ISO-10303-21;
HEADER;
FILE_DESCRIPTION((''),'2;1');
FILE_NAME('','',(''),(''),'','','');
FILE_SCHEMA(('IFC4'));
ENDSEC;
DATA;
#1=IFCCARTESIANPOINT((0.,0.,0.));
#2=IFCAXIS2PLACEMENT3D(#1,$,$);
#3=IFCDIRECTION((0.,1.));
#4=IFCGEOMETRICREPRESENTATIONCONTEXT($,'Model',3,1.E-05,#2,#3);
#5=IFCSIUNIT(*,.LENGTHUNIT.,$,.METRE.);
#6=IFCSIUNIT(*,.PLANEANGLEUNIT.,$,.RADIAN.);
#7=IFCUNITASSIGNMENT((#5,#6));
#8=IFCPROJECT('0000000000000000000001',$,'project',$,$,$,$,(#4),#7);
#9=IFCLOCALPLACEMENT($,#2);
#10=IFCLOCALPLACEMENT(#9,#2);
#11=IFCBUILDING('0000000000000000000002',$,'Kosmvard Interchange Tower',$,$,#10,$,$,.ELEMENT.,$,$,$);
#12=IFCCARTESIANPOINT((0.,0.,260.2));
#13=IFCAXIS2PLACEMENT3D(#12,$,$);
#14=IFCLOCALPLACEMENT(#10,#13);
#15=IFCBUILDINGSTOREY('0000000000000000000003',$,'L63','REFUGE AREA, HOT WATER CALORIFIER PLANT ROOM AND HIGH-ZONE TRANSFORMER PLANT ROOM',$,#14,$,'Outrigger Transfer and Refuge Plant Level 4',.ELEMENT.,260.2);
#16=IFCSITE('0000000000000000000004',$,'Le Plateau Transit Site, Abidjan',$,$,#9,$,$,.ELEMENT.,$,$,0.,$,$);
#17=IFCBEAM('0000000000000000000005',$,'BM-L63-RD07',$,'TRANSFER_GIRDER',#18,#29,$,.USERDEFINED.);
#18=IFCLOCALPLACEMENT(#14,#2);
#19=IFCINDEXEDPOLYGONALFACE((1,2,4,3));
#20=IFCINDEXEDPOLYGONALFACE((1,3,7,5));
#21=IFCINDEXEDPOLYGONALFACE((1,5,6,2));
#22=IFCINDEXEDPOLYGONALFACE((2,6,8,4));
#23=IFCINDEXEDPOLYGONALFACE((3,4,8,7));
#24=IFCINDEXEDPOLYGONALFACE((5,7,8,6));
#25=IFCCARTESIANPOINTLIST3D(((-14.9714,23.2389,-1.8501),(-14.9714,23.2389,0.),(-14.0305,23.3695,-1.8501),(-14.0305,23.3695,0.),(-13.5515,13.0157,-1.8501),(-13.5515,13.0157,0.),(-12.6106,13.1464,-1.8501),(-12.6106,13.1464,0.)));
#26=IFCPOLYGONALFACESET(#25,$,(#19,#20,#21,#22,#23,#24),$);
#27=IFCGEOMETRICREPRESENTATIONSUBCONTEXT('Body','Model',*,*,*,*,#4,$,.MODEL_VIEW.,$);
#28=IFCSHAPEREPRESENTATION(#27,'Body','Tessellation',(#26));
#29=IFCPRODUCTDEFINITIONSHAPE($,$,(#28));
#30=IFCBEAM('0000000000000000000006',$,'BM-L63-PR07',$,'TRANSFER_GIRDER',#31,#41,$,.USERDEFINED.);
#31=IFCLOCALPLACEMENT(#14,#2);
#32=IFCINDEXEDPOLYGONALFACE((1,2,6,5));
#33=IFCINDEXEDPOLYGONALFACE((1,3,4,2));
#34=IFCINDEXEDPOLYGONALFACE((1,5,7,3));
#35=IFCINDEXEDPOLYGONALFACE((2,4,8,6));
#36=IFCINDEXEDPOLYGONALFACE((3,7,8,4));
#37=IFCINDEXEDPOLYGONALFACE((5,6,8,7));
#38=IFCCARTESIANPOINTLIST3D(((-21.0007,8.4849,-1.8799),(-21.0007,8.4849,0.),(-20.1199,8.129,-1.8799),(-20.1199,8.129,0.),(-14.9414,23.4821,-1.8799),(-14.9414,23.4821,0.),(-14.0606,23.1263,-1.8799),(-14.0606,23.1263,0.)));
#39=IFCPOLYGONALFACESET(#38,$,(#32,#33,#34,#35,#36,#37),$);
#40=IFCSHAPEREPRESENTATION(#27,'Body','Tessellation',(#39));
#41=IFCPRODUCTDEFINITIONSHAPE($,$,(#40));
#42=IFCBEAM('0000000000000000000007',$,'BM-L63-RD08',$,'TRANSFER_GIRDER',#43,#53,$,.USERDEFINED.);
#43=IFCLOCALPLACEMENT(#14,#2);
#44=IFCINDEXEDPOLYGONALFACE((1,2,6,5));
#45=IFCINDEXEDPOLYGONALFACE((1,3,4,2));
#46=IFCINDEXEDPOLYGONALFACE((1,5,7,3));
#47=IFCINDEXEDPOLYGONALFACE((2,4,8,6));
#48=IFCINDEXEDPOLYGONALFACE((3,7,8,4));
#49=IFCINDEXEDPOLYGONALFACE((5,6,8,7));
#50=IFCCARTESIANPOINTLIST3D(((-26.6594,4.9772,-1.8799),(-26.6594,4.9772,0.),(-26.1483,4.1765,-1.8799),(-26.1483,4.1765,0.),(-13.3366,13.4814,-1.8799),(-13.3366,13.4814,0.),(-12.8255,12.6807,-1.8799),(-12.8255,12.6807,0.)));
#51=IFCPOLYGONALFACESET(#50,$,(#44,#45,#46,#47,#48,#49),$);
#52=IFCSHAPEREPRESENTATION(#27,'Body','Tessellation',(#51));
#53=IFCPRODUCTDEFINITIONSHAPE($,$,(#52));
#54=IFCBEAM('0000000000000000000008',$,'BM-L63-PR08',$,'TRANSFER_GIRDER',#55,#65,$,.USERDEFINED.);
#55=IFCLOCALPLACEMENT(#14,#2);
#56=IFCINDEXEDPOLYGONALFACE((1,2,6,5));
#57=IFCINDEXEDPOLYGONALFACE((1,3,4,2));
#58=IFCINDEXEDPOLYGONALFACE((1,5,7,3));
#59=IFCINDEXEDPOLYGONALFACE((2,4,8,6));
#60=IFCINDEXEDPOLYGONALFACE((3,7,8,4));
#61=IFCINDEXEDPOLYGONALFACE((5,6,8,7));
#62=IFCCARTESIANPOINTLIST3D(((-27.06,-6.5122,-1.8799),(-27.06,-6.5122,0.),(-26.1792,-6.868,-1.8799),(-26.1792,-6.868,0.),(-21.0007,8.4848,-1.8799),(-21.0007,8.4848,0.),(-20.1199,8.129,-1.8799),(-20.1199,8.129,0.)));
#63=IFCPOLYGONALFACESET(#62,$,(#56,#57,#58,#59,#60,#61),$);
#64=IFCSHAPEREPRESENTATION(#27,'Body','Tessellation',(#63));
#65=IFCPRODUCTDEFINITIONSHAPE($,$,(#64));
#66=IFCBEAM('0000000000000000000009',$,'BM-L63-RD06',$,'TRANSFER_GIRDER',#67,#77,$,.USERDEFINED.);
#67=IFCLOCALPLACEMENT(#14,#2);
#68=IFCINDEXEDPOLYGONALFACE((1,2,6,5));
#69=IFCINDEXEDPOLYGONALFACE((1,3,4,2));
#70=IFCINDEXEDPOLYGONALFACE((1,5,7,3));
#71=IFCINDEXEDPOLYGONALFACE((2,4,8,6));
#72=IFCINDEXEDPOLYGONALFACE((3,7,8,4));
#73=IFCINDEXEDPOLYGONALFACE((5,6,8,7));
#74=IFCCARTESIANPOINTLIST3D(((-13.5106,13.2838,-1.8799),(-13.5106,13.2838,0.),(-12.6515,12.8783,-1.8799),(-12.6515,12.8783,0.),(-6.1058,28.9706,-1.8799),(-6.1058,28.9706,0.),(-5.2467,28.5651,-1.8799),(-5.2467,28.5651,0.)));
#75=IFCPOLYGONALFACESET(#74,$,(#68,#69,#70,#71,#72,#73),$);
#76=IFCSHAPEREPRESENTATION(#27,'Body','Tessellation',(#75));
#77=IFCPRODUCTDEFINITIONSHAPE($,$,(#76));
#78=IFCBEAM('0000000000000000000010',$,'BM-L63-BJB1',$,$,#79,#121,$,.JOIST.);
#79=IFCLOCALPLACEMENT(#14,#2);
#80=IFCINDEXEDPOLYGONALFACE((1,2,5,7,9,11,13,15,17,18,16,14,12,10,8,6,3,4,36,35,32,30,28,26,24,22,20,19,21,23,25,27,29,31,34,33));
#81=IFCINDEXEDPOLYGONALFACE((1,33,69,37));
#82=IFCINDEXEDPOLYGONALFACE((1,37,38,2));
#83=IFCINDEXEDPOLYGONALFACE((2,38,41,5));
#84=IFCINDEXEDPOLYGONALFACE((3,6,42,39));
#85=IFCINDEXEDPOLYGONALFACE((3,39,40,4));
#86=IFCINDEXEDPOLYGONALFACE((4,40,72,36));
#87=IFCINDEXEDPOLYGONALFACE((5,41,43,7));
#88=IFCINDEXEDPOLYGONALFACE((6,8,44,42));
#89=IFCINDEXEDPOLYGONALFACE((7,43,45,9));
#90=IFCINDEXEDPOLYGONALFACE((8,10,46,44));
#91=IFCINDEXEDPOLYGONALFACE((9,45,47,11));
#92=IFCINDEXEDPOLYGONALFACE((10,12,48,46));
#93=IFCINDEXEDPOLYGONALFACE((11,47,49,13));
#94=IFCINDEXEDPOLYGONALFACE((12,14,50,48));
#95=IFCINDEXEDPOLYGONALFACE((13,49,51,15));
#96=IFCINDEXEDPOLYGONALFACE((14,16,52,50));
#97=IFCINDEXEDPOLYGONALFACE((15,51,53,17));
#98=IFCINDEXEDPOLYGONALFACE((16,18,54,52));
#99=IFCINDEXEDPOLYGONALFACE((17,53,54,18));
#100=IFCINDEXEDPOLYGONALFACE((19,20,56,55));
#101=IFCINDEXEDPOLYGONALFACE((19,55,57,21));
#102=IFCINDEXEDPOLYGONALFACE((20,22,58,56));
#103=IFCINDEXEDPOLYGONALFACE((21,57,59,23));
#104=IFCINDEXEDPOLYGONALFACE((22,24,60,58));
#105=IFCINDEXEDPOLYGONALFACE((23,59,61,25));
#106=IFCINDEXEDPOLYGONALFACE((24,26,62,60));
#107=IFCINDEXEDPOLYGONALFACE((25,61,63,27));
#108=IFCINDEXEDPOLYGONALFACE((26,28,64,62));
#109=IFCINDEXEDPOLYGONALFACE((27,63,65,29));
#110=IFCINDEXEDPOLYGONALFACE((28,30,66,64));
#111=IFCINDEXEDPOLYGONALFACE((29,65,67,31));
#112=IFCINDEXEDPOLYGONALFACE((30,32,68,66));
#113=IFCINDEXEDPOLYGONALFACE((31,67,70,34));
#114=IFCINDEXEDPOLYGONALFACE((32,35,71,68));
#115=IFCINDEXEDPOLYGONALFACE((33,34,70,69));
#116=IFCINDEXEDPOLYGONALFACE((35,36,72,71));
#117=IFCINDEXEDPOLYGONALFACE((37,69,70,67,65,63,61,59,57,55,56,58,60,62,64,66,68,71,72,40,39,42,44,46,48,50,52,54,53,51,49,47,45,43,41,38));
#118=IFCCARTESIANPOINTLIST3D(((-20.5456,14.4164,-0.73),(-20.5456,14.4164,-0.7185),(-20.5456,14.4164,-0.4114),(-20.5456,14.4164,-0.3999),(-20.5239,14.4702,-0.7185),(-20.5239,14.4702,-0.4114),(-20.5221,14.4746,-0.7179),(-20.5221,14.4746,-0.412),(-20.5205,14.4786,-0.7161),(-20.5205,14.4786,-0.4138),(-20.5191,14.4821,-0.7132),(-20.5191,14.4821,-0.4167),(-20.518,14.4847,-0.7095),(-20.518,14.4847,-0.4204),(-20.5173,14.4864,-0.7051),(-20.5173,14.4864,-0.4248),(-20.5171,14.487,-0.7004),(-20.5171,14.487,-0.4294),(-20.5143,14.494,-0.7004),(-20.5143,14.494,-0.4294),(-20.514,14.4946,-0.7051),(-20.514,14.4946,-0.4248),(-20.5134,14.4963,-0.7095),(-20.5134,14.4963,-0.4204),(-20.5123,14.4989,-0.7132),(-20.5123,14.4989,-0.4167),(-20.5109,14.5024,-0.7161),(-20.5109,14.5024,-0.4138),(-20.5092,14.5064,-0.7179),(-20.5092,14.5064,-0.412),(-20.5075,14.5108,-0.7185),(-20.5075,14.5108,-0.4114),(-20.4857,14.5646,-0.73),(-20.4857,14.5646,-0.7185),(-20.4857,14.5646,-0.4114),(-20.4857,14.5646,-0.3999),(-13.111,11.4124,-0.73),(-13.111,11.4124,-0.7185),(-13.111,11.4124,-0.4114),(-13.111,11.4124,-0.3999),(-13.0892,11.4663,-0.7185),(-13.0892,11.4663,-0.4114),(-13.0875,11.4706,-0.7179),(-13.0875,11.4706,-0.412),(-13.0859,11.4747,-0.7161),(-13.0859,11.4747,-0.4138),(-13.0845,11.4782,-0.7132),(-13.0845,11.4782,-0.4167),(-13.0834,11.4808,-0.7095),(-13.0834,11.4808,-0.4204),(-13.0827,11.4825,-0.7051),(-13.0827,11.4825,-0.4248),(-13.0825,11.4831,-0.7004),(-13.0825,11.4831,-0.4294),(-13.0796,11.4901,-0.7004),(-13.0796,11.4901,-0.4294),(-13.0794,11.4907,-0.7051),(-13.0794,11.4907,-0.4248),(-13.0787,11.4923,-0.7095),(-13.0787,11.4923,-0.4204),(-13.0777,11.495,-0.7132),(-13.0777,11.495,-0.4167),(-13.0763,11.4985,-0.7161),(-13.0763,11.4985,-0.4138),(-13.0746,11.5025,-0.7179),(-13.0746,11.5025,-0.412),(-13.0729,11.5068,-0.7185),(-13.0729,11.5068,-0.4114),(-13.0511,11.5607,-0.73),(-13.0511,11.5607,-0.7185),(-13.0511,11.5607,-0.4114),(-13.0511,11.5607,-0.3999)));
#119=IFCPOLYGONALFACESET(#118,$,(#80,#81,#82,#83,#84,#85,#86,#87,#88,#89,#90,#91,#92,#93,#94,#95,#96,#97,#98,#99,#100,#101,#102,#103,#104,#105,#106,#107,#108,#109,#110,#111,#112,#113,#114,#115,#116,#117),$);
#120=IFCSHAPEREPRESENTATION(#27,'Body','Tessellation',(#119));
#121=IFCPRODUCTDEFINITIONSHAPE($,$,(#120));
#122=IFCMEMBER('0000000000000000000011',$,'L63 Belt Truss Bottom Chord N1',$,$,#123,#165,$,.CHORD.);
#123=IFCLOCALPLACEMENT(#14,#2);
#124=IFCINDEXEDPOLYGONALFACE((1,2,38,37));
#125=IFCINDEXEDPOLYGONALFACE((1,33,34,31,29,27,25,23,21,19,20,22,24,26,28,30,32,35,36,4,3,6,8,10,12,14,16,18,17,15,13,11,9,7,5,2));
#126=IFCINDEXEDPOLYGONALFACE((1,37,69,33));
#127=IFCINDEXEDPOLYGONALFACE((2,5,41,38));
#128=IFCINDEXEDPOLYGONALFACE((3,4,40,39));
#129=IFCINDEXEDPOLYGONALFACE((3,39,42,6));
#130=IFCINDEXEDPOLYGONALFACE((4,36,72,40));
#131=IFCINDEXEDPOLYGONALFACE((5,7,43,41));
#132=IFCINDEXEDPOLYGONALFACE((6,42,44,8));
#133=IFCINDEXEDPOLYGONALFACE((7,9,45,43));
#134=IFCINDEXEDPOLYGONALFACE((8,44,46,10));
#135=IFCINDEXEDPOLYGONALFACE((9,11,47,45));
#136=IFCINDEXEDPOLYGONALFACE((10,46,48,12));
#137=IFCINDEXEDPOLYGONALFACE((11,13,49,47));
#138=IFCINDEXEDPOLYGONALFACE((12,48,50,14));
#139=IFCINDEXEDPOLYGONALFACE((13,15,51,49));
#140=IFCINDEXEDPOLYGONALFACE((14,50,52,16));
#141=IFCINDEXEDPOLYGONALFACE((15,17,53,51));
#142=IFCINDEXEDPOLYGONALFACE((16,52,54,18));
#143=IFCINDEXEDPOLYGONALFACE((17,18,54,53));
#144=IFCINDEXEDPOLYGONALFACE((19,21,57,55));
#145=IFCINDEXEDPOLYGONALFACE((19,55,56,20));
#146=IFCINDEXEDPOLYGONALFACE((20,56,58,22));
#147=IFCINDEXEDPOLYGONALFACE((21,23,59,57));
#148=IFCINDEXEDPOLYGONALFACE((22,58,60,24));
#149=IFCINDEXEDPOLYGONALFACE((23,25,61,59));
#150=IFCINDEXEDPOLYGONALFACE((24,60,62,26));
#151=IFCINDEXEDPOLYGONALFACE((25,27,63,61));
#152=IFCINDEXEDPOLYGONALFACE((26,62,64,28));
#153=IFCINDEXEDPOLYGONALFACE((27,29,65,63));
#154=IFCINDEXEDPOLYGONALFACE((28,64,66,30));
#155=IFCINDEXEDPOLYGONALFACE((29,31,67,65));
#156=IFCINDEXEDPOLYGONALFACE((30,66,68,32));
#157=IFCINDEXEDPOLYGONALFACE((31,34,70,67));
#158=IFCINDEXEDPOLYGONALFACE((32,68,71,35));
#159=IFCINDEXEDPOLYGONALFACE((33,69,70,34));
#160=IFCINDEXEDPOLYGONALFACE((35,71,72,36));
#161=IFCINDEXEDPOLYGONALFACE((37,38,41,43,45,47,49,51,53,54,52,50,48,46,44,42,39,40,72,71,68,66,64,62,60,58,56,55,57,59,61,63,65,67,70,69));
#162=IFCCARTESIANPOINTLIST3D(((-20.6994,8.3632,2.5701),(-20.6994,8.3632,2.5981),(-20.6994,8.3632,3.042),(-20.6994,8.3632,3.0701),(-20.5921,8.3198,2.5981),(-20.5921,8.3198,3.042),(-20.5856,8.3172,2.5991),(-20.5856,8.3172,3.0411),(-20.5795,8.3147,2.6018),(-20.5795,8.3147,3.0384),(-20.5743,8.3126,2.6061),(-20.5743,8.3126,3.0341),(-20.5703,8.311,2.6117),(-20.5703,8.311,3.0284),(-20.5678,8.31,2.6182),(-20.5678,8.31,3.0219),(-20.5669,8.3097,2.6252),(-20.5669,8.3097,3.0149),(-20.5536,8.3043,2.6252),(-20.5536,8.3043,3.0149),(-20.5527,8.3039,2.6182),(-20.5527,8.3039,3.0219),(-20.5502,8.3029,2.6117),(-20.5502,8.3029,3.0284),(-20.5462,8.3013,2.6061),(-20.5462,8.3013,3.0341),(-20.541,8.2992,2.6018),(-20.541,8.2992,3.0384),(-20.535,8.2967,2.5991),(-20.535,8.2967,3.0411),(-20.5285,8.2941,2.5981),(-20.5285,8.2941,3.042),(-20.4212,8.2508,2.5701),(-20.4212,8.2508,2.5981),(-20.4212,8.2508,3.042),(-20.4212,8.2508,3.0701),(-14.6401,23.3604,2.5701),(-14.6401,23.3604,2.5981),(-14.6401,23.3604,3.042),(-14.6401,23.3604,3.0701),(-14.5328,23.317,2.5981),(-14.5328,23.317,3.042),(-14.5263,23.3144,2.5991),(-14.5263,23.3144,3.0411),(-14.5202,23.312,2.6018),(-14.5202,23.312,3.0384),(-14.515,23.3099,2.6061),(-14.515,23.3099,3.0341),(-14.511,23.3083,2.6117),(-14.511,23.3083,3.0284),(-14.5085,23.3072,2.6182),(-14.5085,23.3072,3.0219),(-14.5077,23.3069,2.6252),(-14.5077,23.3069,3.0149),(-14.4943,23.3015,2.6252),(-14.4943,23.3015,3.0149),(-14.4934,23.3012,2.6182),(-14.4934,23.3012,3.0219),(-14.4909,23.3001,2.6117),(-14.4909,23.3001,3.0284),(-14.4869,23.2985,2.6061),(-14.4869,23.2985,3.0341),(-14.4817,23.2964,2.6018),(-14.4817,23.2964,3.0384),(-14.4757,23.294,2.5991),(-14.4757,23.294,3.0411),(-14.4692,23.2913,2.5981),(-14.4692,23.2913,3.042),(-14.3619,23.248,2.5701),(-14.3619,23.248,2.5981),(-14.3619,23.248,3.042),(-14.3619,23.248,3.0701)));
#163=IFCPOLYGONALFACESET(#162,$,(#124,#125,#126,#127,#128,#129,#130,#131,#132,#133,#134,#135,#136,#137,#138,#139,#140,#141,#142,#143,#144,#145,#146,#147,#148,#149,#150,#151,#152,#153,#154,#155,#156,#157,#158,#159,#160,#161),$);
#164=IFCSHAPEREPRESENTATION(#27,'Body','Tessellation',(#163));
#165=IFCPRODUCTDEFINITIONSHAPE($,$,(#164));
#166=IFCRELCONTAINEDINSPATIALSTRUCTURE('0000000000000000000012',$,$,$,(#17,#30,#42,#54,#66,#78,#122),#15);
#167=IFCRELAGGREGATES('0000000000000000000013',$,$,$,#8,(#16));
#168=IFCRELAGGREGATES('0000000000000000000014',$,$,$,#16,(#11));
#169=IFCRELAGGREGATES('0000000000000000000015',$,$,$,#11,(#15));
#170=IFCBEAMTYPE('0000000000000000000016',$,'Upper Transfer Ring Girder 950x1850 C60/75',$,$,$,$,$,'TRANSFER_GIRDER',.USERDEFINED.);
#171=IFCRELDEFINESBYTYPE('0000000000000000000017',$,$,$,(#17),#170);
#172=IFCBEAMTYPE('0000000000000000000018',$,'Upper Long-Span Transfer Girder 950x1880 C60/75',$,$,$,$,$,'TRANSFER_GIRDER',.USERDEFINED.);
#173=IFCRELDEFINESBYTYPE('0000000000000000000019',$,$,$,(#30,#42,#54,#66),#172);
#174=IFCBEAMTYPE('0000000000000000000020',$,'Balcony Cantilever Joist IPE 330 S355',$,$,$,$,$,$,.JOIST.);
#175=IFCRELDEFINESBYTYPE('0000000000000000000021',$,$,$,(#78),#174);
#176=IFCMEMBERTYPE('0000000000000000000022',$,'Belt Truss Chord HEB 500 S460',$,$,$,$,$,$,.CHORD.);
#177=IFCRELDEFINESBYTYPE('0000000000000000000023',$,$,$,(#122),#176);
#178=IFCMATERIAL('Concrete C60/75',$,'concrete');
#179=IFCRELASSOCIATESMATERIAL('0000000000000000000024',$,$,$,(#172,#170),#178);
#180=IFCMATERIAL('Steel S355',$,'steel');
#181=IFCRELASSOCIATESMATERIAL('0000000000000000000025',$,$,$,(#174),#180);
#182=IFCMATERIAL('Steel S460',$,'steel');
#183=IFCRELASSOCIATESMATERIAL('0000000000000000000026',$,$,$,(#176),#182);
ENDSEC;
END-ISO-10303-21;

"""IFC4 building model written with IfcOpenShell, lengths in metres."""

from ifc_helpers import new_model, si_unit, direction, frame, origin, origin_2d, place, context, subcontext, project, spatial, rectangle, i_section, extrude, source, transform, mapped, material, material_profile, profile_set, type_object, element, save


model = new_model("IFC4")

# Units and contexts
model_context = context("Model", 3, precision=1e-05, world=origin(), true_north=direction((0.0, 1.0)))
body_context = subcontext(model_context, "Body", "Model", "MODEL_VIEW")
ifc_project = project(units=[si_unit("LENGTHUNIT", "METRE"), si_unit("PLANEANGLEUNIT", "RADIAN")], contexts=[model_context])

# Site, building, storey
site_placement = place(None, origin())
site = spatial("IfcSite", under=ifc_project, at=site_placement, Name="Le Plateau Transit Site, Abidjan", CompositionType="ELEMENT", RefElevation=0.0)
building_placement = place(site_placement, origin())
building = spatial("IfcBuilding", under=site, at=building_placement, Name="Kosmvard Interchange Tower", CompositionType="ELEMENT")
storey_placement = place(building_placement, frame((0.0, 0.0, 260.2)))
storey = spatial("IfcBuildingStorey", under=building, at=storey_placement, Name="L63", Description="REFUGE AREA, HOT WATER CALORIFIER PLANT ROOM AND HIGH-ZONE TRANSFORMER PLANT ROOM", LongName="Outrigger Transfer and Refuge Plant Level 4", CompositionType="ELEMENT", Elevation=260.2)

# Shared definitions
ifc_material_1 = material(Name="Concrete C60/75", Category="concrete")

# Beams
ifc_material_2 = material(Name="Steel S355", Category="steel")
ifc_material_profile_1 = material_profile(ifc_material_1, rectangle(XDim=0.95, YDim=1.8799, at=origin_2d()), Name="TG 950x1880")
ifc_profile_set_1 = profile_set([ifc_material_profile_1], Name="Concrete C60/75")
beam_type_1 = type_object("IfcBeamType", Name="Upper Long-Span Transfer Girder 950x1880 C60/75", ElementType="TRANSFER_GIRDER", PredefinedType="USERDEFINED", material=ifc_profile_set_1)
ifc_material_profile_2 = material_profile(ifc_material_1, rectangle(XDim=0.95, YDim=1.8501, at=origin_2d()), Name="TG 950x1850")
ifc_profile_set_2 = profile_set([ifc_material_profile_2], Name="Concrete C60/75")
beam_type_2 = type_object("IfcBeamType", Name="Upper Transfer Ring Girder 950x1850 C60/75", ElementType="TRANSFER_GIRDER", PredefinedType="USERDEFINED", material=ifc_profile_set_2)
shared_shape_1 = source(origin(), body_context, "Body", "SweptSolid", [
    extrude(rectangle(XDim=0.95, YDim=1.8501, at=origin_2d()), origin(), (0.0, 0.0, 1.0), 10.3213),
])
beam_1_placement = place(storey_placement, frame((-13.0811, 13.0811, -0.925), z_axis=(-0.137572, 0.990492, 0.0), x_axis=(-0.990492, -0.137572, 0.0)))
element("IfcBeam", 1, at=beam_1_placement, inside=storey, type_object=beam_type_2, Name="BM-L63-RD07", ObjectType="TRANSFER_GIRDER", PredefinedType="USERDEFINED", context=body_context, shape_type="MappedRepresentation", body=[
    mapped(shared_shape_1, transform((0.0, 0.0, 0.0), scale=1.0)),
])
shared_shape_2 = source(origin(), body_context, "Body", "SweptSolid", [
    extrude(rectangle(XDim=0.95, YDim=1.8799, at=origin_2d()), origin(), (0.0, 0.0, 1.0), 16.175),
])
beam_2_placement = place(storey_placement, frame((-14.501, 23.3042, -0.9399), z_axis=(-0.374608, -0.927183, 0.0), x_axis=(0.927183, -0.374608, 0.0)))
element("IfcBeam", 2, at=beam_2_placement, inside=storey, type_object=beam_type_1, Name="BM-L63-PR07", ObjectType="TRANSFER_GIRDER", PredefinedType="USERDEFINED", context=body_context, shape_type="MappedRepresentation", body=[
    mapped(shared_shape_2, transform((0.0, 0.0, 0.0), scale=1.0)),
])
shared_shape_3 = source(origin(), body_context, "Body", "SweptSolid", [
    extrude(rectangle(XDim=0.95, YDim=1.8799, at=origin_2d()), origin(), (0.0, 0.0, 1.0), 15.8057),
])
beam_3_placement = place(storey_placement, frame((-13.0811, 13.0811, -0.9399), z_axis=(-0.842915, -0.538047, 0.0), x_axis=(0.538047, -0.842915, 0.0)))
element("IfcBeam", 3, at=beam_3_placement, inside=storey, type_object=beam_type_1, Name="BM-L63-RD08", ObjectType="TRANSFER_GIRDER", PredefinedType="USERDEFINED", context=body_context, shape_type="MappedRepresentation", body=[
    mapped(shared_shape_3, transform((0.0, 0.0, 0.0), scale=1.0)),
])
shared_shape_4 = source(origin(), body_context, "Body", "SweptSolid", [
    extrude(rectangle(XDim=0.95, YDim=1.8799, at=origin_2d()), origin(), (0.0, 0.0, 1.0), 16.1748),
])
beam_4_placement = place(storey_placement, frame((-20.5603, 8.3069, -0.9399), z_axis=(-0.374613, -0.927181, 0.0), x_axis=(0.927181, -0.374613, 0.0)))
element("IfcBeam", 4, at=beam_4_placement, inside=storey, type_object=beam_type_1, Name="BM-L63-PR08", ObjectType="TRANSFER_GIRDER", PredefinedType="USERDEFINED", context=body_context, shape_type="MappedRepresentation", body=[
    mapped(shared_shape_4, transform((0.0, 0.0, 0.0), scale=1.0)),
])
shared_shape_5 = source(origin(), body_context, "Body", "SweptSolid", [
    extrude(rectangle(XDim=0.95, YDim=1.8799, at=origin_2d()), origin(), (0.0, 0.0, 1.0), 17.3467),
])
beam_5_placement = place(storey_placement, frame((-13.0811, 13.0811, -0.9399), z_axis=(0.426872, 0.904312, 0.0), x_axis=(-0.904312, 0.426872, 0.0)))
element("IfcBeam", 5, at=beam_5_placement, inside=storey, type_object=beam_type_1, Name="BM-L63-RD06", ObjectType="TRANSFER_GIRDER", PredefinedType="USERDEFINED", context=body_context, shape_type="MappedRepresentation", body=[
    mapped(shared_shape_5, transform((0.0, 0.0, 0.0), scale=1.0)),
])
ifc_material_profile_3 = material_profile(ifc_material_2, i_section(OverallWidth=0.1599, OverallDepth=0.3301, WebThickness=0.0076, FlangeThickness=0.0115, FilletRadius=0.0181, at=origin_2d()), Name="IPE 330")
ifc_profile_set_3 = profile_set([ifc_material_profile_3], Name="Steel S355")
beam_type_3 = type_object("IfcBeamType", Name="Balcony Cantilever Joist IPE 330 S355", PredefinedType="JOIST", material=ifc_profile_set_3)
shared_shape_6 = source(origin(), body_context, "Body", "SweptSolid", [
    extrude(i_section(OverallWidth=0.1599, OverallDepth=0.3301, WebThickness=0.0076, FlangeThickness=0.0115, FilletRadius=0.0181, at=origin_2d()), origin(), (0.0, 0.0, 1.0), 8.0186),
])
beam_6_placement = place(storey_placement, frame((-13.0811, 11.4866, -0.5649), z_axis=(-0.927178, 0.374622, 0.0), x_axis=(-0.374622, -0.927178, 0.0)))
element("IfcBeam", 6, at=beam_6_placement, inside=storey, type_object=beam_type_3, Name="BM-L63-BJB1", PredefinedType="JOIST", context=body_context, shape_type="MappedRepresentation", body=[
    mapped(shared_shape_6, transform((0.0, 0.0, 0.0), scale=1.0)),
])

# Member
ifc_material_3 = material(Name="Steel S460", Category="steel")
ifc_material_profile_4 = material_profile(ifc_material_3, i_section(OverallWidth=0.3, OverallDepth=0.5, WebThickness=0.0144, FlangeThickness=0.0281, FilletRadius=0.0271, at=origin_2d()), Name="HEB 500")
ifc_profile_set_4 = profile_set([ifc_material_profile_4], Name="Steel S460")
member_type_1 = type_object("IfcMemberType", Name="Belt Truss Chord HEB 500 S460", PredefinedType="CHORD", material=ifc_profile_set_4)
shared_shape_7 = source(origin(), body_context, "Body", "SweptSolid", [
    extrude(i_section(OverallWidth=0.3, OverallDepth=0.5, WebThickness=0.0144, FlangeThickness=0.0281, FilletRadius=0.0271, at=origin_2d()), origin(), (0.0, 0.0, 1.0), 16.175),
])
for number, where, z_axis, x_axis, name in (
    (7, (-14.501, 23.3042, 2.8201), (-0.374608, -0.927183, 0.0), (0.927183, -0.374608, 0.0), "L63 Belt Truss Bottom Chord N1"),
):
    element("IfcMember", number, at=place(storey_placement, frame(where, z_axis=z_axis, x_axis=x_axis)), inside=storey, type_object=member_type_1, Name=name, PredefinedType="CHORD", context=body_context, shape_type="MappedRepresentation", body=[
        mapped(shared_shape_7, transform((0.0, 0.0, 0.0), scale=1.0)),
    ])

save(model, "model.ifc")
